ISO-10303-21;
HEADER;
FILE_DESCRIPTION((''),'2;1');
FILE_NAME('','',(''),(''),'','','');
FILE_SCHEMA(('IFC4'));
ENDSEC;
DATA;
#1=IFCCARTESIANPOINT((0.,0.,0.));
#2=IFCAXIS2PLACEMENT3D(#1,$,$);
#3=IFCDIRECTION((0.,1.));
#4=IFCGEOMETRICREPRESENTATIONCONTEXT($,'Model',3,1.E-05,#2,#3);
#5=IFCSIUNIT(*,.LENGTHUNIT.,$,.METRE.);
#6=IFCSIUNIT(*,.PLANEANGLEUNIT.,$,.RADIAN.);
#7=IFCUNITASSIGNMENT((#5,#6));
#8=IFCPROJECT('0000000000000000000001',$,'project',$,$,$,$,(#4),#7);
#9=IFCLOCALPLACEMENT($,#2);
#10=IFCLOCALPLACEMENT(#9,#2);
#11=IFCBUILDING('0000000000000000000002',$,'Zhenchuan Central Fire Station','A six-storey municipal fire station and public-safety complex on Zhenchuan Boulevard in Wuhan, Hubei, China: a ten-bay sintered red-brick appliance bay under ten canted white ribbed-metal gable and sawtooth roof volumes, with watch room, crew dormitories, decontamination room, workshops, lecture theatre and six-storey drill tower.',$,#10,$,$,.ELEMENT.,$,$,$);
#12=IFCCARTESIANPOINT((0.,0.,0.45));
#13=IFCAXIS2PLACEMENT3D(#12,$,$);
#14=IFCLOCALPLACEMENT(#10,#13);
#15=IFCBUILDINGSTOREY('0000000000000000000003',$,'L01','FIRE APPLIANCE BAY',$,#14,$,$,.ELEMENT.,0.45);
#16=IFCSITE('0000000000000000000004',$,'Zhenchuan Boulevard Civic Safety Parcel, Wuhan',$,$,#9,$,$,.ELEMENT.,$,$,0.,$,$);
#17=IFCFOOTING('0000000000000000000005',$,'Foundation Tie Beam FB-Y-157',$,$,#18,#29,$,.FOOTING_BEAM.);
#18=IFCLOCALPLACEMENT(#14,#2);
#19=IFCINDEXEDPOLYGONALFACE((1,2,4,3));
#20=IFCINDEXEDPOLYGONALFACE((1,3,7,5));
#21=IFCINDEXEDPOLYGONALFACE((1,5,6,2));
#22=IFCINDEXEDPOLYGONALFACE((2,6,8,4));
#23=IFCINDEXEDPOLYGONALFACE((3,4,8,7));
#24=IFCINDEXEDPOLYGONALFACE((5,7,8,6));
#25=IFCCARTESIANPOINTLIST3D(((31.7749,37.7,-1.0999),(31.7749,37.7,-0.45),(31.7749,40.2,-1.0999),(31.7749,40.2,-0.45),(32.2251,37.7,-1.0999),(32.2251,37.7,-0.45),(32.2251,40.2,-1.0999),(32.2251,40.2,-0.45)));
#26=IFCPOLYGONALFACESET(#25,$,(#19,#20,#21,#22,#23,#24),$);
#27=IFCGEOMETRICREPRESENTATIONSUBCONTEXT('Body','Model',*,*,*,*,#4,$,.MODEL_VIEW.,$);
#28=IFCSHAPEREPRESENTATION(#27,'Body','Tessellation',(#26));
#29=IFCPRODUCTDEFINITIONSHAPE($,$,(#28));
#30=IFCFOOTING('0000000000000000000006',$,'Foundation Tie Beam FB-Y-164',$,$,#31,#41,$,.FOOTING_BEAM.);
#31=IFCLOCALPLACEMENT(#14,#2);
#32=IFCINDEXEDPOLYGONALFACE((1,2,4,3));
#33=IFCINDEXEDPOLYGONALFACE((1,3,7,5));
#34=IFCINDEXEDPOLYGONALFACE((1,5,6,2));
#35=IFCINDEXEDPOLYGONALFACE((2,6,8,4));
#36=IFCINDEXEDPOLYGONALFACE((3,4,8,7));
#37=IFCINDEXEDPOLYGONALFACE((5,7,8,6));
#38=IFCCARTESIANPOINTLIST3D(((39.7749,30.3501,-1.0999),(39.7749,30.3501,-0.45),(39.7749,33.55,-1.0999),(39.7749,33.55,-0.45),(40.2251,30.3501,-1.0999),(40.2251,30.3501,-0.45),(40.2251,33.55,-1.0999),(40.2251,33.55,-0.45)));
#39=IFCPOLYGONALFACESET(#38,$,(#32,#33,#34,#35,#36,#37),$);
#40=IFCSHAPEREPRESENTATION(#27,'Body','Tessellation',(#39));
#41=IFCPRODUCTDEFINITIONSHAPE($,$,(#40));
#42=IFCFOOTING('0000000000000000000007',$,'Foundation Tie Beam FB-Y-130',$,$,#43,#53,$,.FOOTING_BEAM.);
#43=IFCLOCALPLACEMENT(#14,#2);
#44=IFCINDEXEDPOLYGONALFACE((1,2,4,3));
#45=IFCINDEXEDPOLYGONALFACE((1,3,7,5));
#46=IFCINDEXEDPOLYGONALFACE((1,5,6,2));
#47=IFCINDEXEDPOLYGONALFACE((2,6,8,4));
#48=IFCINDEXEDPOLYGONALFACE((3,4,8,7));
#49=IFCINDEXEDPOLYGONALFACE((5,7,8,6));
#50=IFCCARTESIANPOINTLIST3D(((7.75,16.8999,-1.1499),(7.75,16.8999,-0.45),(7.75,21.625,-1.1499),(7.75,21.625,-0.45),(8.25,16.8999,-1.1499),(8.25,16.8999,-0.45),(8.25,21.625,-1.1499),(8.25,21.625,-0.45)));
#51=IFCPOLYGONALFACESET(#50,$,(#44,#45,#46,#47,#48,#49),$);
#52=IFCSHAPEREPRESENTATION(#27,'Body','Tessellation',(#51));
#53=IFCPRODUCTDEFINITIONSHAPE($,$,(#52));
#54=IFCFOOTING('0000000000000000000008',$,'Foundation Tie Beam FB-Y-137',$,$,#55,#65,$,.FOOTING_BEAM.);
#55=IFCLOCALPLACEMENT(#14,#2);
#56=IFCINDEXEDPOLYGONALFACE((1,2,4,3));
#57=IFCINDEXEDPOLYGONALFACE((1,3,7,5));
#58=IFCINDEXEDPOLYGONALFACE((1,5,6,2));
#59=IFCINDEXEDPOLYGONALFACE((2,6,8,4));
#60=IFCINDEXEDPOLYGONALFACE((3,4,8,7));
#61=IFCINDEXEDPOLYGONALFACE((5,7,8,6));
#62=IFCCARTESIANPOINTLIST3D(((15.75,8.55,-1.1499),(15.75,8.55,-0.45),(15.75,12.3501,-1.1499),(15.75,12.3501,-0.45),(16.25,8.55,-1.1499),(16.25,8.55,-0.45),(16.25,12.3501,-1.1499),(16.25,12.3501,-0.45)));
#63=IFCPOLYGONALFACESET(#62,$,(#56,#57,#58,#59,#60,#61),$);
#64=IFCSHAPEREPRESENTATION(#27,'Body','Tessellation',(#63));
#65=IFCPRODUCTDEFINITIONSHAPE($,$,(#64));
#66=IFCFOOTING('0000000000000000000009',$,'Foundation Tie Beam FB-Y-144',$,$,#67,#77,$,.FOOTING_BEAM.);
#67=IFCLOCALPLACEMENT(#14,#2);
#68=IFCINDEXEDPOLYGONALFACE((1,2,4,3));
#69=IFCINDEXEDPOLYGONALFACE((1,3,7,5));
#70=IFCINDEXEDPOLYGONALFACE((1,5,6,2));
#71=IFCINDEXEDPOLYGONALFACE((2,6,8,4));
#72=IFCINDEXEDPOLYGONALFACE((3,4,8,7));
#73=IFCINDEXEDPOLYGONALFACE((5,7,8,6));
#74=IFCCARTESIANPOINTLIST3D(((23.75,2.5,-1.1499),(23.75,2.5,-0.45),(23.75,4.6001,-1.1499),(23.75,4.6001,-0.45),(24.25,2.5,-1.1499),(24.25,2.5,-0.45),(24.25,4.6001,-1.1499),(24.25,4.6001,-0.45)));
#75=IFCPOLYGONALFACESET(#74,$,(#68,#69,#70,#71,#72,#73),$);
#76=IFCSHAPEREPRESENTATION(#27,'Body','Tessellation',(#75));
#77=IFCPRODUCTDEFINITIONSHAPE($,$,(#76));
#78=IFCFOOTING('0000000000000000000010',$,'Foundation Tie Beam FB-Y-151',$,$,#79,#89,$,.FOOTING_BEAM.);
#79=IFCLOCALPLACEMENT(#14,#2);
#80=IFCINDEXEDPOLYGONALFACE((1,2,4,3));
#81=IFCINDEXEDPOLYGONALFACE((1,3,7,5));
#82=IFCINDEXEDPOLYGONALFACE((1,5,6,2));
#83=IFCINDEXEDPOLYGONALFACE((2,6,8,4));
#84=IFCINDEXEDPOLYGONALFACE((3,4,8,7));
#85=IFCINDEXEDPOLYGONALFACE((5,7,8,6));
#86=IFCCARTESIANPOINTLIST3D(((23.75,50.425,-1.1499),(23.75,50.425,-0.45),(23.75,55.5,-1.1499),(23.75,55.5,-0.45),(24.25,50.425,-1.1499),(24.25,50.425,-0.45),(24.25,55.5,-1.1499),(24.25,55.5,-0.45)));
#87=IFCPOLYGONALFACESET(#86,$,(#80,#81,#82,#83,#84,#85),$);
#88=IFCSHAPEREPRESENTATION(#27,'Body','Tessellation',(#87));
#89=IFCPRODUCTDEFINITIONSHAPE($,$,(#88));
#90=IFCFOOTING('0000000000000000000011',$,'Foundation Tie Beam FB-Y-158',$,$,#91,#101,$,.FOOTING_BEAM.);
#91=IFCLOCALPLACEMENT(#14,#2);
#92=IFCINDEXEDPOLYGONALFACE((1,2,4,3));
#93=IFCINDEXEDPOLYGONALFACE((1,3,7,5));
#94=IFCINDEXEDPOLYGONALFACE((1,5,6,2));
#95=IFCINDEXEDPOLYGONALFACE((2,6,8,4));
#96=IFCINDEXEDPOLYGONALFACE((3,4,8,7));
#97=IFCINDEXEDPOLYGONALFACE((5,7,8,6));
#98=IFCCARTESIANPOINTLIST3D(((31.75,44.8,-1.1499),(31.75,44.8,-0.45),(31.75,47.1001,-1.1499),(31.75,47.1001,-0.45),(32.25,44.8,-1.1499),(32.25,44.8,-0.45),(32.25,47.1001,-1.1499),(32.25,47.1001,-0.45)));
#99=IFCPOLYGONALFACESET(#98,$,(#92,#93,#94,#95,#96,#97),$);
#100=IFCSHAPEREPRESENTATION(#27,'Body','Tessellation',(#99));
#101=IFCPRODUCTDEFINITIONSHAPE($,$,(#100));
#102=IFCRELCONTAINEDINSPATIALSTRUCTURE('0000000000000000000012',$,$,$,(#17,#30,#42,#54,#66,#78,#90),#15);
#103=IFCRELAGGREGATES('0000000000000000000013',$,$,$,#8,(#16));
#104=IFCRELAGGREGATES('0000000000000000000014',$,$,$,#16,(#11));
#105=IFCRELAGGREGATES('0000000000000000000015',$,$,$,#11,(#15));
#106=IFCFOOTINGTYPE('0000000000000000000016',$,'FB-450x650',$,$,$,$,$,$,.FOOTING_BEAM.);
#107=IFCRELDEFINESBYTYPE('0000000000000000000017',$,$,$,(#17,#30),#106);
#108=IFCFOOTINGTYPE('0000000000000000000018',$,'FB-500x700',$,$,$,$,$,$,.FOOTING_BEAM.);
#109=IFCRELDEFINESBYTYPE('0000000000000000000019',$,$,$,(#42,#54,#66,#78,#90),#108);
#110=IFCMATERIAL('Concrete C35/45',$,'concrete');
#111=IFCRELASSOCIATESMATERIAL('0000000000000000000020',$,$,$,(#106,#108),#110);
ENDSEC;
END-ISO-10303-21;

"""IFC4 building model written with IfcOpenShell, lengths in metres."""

from ifc_helpers import new_model, si_unit, direction, frame, origin, place, context, subcontext, project, spatial, polyline, outline, extrude, material, type_object, element, save


model = new_model("IFC4")

# Units and contexts
model_context = context("Model", 3, precision=1e-05, world=origin(), true_north=direction((0.0, 1.0)))
body_context = subcontext(model_context, "Body", "Model", "MODEL_VIEW")
ifc_project = project(units=[si_unit("LENGTHUNIT", "METRE"), si_unit("PLANEANGLEUNIT", "RADIAN")], contexts=[model_context])

# Site, building, storey
site_placement = place(None, origin())
site = spatial("IfcSite", under=ifc_project, at=site_placement, Name="Zhenchuan Boulevard Civic Safety Parcel, Wuhan", CompositionType="ELEMENT", RefElevation=0.0)
building_placement = place(site_placement, origin())
building = spatial("IfcBuilding", under=site, at=building_placement, Name="Zhenchuan Central Fire Station", Description="A six-storey municipal fire station and public-safety complex on Zhenchuan Boulevard in Wuhan, Hubei, China: a ten-bay sintered red-brick appliance bay under ten canted white ribbed-metal gable and sawtooth roof volumes, with watch room, crew dormitories, decontamination room, workshops, lecture theatre and six-storey drill tower.", CompositionType="ELEMENT")
storey_placement = place(building_placement, frame((0.0, 0.0, 0.45)))
storey = spatial("IfcBuildingStorey", under=building, at=storey_placement, Name="L01", Description="FIRE APPLIANCE BAY", CompositionType="ELEMENT", Elevation=0.45)

# Footings
ifc_material = material(Name="Concrete C35/45", Category="concrete")
footing_type_1 = type_object("IfcFootingType", Name="FB-450x650", PredefinedType="FOOTING_BEAM", material=ifc_material)
footing_1_placement = place(storey_placement, frame((0.0, 0.0, -1.0999)))
element("IfcFooting", 1, at=footing_1_placement, inside=storey, type_object=footing_type_1, Name="Foundation Tie Beam FB-Y-157", PredefinedType="FOOTING_BEAM", context=body_context, shape_type="SweptSolid", body=[
    extrude(outline(polyline([(31.7749, 37.7), (32.2251, 37.7), (32.2251, 40.2), (31.7749, 40.2), (31.7749, 37.7)])), origin(), (0.0, 0.0, 1.0), 0.6499),
])
footing_2_placement = place(storey_placement, frame((0.0, 0.0, -1.0999)))
element("IfcFooting", 2, at=footing_2_placement, inside=storey, type_object=footing_type_1, Name="Foundation Tie Beam FB-Y-164", PredefinedType="FOOTING_BEAM", context=body_context, shape_type="SweptSolid", body=[
    extrude(outline(polyline([(39.7749, 30.3501), (40.2251, 30.3501), (40.2251, 33.55), (39.7749, 33.55), (39.7749, 30.3501)])), origin(), (0.0, 0.0, 1.0), 0.6499),
])
footing_type_2 = type_object("IfcFootingType", Name="FB-500x700", PredefinedType="FOOTING_BEAM", material=ifc_material)
footing_3_placement = place(storey_placement, frame((0.0, 0.0, -1.1499)))
element("IfcFooting", 3, at=footing_3_placement, inside=storey, type_object=footing_type_2, Name="Foundation Tie Beam FB-Y-130", PredefinedType="FOOTING_BEAM", context=body_context, shape_type="SweptSolid", body=[
    extrude(outline(polyline([(7.75, 16.8999), (8.25, 16.8999), (8.25, 21.625), (7.75, 21.625), (7.75, 16.8999)])), origin(), (0.0, 0.0, 1.0), 0.7),
])
footing_4_placement = place(storey_placement, frame((0.0, 0.0, -1.1499)))
element("IfcFooting", 4, at=footing_4_placement, inside=storey, type_object=footing_type_2, Name="Foundation Tie Beam FB-Y-137", PredefinedType="FOOTING_BEAM", context=body_context, shape_type="SweptSolid", body=[
    extrude(outline(polyline([(15.75, 8.55), (16.25, 8.55), (16.25, 12.3501), (15.75, 12.3501), (15.75, 8.55)])), origin(), (0.0, 0.0, 1.0), 0.7),
])
footing_5_placement = place(storey_placement, frame((0.0, 0.0, -1.1499)))
element("IfcFooting", 5, at=footing_5_placement, inside=storey, type_object=footing_type_2, Name="Foundation Tie Beam FB-Y-144", PredefinedType="FOOTING_BEAM", context=body_context, shape_type="SweptSolid", body=[
    extrude(outline(polyline([(23.75, 2.5), (24.25, 2.5), (24.25, 4.6001), (23.75, 4.6001), (23.75, 2.5)])), origin(), (0.0, 0.0, 1.0), 0.7),
])
footing_6_placement = place(storey_placement, frame((0.0, 0.0, -1.1499)))
element("IfcFooting", 6, at=footing_6_placement, inside=storey, type_object=footing_type_2, Name="Foundation Tie Beam FB-Y-151", PredefinedType="FOOTING_BEAM", context=body_context, shape_type="SweptSolid", body=[
    extrude(outline(polyline([(23.75, 50.425), (24.25, 50.425), (24.25, 55.5), (23.75, 55.5), (23.75, 50.425)])), origin(), (0.0, 0.0, 1.0), 0.7),
])
footing_7_placement = place(storey_placement, frame((0.0, 0.0, -1.1499)))
element("IfcFooting", 7, at=footing_7_placement, inside=storey, type_object=footing_type_2, Name="Foundation Tie Beam FB-Y-158", PredefinedType="FOOTING_BEAM", context=body_context, shape_type="SweptSolid", body=[
    extrude(outline(polyline([(31.75, 44.8), (32.25, 44.8), (32.25, 47.1001), (31.75, 47.1001), (31.75, 44.8)])), origin(), (0.0, 0.0, 1.0), 0.7),
])

save(model, "model.ifc")
